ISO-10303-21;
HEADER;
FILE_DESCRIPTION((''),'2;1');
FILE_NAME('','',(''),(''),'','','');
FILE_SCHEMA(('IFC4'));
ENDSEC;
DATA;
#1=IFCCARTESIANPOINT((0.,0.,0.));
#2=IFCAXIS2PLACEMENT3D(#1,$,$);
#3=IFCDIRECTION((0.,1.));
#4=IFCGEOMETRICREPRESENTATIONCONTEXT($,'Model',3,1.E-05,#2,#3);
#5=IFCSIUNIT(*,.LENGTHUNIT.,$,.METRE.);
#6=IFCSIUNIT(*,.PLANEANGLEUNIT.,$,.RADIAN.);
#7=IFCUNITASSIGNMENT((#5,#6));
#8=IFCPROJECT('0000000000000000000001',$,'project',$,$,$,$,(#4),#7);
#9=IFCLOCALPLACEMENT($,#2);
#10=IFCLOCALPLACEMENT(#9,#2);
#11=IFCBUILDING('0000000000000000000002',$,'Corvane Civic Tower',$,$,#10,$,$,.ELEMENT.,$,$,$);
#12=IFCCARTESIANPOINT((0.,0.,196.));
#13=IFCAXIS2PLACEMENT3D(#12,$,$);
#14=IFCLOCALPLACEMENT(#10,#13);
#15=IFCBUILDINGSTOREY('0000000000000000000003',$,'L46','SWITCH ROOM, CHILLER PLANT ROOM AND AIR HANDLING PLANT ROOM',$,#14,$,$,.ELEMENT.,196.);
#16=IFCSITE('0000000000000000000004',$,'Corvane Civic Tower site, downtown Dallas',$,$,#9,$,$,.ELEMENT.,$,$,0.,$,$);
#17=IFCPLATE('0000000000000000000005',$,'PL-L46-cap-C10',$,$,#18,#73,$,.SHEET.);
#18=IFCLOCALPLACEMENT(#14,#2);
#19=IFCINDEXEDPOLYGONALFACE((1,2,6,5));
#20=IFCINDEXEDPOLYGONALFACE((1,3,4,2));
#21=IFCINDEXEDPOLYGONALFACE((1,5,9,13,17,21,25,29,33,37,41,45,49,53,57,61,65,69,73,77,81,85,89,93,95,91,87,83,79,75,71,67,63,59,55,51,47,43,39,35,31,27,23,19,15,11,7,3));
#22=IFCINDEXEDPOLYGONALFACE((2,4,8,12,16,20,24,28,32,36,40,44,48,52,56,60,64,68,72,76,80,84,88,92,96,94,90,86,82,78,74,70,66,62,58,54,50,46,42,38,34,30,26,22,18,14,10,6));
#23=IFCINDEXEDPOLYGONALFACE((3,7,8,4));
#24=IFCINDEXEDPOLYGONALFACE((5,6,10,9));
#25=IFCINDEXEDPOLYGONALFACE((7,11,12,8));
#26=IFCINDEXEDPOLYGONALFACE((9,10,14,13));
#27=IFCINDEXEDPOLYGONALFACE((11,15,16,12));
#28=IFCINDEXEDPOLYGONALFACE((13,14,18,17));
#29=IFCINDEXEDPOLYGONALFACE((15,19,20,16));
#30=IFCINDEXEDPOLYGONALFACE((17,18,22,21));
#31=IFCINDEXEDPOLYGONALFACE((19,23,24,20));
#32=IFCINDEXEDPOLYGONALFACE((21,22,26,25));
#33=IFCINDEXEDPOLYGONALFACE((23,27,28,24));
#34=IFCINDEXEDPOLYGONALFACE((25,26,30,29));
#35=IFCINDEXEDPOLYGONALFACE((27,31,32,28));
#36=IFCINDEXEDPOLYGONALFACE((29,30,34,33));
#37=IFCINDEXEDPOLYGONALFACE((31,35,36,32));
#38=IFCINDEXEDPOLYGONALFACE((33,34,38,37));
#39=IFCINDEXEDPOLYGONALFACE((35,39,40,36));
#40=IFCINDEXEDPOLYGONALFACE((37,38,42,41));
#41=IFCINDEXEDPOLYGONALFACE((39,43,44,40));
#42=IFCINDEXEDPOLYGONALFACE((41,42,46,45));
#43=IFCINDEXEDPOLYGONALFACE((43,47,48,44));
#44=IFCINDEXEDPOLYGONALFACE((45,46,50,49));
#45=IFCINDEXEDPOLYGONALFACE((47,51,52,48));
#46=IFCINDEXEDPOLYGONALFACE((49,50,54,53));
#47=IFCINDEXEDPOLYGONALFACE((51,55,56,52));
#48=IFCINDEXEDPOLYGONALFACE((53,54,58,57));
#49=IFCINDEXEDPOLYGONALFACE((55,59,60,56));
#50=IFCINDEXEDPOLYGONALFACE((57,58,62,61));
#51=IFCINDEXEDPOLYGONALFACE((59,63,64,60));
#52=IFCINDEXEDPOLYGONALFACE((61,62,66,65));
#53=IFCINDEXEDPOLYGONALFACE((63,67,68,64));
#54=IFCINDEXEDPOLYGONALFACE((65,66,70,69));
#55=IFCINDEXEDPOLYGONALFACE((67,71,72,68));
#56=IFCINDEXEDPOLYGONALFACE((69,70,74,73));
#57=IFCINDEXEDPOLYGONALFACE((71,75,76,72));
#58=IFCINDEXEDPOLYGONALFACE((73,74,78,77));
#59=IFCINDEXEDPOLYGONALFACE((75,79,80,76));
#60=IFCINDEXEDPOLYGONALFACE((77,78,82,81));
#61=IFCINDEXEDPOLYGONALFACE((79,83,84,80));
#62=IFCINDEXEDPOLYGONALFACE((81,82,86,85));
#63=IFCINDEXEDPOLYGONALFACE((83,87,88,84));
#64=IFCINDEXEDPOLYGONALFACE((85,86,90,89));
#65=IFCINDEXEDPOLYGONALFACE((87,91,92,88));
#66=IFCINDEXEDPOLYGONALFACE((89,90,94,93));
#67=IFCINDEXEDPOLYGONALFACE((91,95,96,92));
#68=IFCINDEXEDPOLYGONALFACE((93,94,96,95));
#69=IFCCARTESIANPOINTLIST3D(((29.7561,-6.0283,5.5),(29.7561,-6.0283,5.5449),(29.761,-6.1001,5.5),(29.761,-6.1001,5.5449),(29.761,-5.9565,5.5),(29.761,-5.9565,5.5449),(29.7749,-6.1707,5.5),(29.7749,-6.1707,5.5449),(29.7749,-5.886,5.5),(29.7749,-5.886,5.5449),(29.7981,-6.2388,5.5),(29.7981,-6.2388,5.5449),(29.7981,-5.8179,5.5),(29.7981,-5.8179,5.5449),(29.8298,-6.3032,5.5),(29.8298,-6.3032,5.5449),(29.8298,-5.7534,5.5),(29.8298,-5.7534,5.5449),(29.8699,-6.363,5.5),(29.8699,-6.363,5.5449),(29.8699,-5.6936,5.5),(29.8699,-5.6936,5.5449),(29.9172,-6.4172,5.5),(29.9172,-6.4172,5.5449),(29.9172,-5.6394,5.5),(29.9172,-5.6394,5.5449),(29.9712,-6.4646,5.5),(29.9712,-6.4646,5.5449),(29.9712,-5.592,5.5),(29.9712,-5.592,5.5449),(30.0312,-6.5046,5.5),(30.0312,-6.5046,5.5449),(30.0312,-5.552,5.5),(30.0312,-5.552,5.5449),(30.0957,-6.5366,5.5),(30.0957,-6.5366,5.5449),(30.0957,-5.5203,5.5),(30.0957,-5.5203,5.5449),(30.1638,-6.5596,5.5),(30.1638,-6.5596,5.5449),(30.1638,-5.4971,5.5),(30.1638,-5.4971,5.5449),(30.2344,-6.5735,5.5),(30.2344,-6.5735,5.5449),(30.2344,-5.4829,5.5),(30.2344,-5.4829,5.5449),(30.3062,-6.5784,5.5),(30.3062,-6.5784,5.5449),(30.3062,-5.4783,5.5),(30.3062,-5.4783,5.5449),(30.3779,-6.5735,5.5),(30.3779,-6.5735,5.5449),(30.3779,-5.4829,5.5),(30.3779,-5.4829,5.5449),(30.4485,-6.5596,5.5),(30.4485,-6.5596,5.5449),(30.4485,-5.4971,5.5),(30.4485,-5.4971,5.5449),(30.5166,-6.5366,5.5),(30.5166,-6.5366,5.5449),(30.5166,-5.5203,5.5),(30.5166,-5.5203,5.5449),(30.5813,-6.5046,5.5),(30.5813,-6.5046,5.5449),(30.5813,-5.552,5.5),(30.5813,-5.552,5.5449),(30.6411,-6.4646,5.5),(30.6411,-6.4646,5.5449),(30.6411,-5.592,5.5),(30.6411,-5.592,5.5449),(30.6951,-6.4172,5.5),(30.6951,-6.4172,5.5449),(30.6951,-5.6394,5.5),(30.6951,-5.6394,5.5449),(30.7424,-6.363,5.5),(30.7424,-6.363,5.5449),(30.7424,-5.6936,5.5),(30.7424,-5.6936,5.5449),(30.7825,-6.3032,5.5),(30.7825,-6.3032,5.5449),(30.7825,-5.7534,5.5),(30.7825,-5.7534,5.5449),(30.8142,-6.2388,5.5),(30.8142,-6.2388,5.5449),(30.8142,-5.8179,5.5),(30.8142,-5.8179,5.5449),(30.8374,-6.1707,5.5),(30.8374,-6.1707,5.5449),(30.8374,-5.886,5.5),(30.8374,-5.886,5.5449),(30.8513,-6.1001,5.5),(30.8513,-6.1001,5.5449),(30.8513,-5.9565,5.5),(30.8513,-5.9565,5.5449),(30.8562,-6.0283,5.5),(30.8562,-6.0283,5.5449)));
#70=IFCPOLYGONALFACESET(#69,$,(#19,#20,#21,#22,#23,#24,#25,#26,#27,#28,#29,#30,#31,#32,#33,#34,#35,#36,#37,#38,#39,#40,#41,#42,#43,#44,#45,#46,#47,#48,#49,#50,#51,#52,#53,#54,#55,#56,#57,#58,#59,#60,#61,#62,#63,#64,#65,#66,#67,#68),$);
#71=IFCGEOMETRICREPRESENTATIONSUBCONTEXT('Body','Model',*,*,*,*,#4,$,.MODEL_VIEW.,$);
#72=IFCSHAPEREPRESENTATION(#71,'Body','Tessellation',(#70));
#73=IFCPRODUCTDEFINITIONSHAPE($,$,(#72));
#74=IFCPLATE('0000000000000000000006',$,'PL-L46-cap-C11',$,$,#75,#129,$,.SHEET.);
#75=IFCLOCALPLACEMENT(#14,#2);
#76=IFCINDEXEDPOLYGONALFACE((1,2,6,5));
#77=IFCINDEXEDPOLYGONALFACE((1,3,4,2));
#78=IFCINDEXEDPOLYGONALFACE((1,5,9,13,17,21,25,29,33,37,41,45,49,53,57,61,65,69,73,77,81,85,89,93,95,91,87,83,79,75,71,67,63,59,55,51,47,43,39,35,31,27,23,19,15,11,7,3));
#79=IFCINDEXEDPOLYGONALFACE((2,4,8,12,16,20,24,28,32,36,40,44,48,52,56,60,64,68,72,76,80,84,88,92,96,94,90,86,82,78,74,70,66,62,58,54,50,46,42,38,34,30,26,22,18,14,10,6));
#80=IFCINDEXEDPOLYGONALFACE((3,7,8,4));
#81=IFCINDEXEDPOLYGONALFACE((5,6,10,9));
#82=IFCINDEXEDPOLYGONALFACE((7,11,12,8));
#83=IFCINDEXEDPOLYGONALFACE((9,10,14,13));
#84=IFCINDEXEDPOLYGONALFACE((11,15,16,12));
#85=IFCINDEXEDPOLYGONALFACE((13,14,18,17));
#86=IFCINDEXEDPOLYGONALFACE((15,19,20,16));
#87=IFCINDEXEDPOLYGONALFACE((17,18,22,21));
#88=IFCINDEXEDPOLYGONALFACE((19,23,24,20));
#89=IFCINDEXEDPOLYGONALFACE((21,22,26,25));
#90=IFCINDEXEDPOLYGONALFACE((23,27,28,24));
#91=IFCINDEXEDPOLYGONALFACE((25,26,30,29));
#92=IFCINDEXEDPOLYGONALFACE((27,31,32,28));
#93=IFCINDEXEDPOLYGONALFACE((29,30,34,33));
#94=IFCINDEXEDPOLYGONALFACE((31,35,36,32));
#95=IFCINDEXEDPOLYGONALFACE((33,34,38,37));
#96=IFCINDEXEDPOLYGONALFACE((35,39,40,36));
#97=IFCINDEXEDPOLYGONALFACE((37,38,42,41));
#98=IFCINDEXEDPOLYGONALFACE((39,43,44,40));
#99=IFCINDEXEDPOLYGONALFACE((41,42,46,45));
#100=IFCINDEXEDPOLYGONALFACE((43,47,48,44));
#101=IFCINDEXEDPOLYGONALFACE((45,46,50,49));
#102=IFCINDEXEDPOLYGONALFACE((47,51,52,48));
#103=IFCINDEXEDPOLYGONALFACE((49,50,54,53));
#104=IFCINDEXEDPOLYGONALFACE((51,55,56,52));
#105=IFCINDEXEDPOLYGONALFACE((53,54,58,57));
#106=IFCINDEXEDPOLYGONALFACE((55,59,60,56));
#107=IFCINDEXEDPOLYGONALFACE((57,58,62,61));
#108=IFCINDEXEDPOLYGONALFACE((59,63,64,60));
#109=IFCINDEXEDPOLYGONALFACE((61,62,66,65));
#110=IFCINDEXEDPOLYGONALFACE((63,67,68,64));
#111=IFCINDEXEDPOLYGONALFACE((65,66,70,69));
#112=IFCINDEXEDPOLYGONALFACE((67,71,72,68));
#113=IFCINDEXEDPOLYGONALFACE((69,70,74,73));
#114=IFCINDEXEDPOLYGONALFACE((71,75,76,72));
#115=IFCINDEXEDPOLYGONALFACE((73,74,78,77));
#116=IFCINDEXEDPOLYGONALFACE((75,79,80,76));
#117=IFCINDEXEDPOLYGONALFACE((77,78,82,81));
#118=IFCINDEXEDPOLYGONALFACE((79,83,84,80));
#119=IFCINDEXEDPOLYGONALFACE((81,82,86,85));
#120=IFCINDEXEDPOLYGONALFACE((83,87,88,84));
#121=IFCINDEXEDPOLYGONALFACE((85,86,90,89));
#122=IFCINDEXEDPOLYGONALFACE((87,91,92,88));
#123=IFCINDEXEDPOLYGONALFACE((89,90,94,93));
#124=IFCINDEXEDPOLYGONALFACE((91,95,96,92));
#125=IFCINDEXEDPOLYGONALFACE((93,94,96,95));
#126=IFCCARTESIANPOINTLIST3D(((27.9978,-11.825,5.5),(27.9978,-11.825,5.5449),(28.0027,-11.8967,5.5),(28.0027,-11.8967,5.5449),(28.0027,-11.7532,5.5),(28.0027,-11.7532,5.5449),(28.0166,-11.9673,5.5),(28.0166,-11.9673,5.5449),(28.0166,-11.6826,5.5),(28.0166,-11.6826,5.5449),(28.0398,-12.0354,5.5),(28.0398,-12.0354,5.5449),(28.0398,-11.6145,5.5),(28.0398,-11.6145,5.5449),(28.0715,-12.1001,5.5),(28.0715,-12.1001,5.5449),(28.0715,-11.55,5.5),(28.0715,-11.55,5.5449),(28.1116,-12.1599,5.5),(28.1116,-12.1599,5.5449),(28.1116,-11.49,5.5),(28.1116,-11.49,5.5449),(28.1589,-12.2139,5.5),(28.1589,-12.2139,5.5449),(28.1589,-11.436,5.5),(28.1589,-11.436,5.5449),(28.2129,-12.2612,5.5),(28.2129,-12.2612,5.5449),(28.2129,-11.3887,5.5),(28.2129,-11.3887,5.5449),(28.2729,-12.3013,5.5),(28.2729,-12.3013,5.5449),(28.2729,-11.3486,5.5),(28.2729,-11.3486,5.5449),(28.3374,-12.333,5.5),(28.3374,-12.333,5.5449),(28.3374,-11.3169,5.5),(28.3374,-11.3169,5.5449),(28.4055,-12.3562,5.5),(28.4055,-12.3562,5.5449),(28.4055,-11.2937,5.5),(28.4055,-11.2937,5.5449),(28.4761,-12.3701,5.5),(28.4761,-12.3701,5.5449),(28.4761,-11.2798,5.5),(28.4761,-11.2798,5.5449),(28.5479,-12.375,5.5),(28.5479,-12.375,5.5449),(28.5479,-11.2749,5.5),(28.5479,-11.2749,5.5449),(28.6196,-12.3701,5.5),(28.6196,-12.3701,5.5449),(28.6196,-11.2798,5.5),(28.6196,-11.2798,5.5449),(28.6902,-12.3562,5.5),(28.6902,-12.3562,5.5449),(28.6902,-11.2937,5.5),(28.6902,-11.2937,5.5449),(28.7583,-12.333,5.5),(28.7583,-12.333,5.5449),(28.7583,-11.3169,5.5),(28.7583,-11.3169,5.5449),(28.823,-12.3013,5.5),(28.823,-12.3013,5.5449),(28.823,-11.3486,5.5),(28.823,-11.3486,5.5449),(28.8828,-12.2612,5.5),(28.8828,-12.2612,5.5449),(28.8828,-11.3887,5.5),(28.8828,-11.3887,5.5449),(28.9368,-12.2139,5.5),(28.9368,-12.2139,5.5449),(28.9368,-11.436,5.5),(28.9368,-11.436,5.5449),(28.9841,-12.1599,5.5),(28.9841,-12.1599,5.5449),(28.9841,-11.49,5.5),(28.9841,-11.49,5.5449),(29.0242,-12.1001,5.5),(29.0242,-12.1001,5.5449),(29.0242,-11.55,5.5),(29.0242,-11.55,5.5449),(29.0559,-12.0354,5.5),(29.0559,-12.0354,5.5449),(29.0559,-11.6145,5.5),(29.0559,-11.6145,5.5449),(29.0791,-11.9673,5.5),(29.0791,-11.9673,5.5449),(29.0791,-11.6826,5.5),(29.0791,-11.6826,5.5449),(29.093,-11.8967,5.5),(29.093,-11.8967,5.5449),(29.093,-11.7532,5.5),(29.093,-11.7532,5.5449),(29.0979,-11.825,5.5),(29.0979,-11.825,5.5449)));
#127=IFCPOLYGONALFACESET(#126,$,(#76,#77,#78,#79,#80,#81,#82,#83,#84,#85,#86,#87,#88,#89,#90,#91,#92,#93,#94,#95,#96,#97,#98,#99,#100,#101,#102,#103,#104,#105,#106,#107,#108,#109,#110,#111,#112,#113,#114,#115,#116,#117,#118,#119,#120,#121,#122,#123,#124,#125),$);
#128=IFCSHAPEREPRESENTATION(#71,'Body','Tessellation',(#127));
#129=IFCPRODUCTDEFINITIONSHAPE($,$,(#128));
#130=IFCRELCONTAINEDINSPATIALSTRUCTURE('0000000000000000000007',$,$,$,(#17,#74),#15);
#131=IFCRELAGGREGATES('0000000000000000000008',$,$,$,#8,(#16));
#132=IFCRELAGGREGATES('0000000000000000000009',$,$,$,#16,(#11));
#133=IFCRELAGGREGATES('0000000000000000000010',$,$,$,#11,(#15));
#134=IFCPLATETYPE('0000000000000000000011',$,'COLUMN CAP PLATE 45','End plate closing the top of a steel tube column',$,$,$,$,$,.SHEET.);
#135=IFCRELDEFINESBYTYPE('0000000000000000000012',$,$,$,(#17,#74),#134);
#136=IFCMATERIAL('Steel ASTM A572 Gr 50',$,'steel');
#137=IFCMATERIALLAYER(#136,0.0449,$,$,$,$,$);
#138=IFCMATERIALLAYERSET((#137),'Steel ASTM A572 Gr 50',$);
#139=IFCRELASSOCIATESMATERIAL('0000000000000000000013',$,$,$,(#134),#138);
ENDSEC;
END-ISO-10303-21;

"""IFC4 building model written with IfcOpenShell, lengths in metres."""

from ifc_helpers import new_model, si_unit, direction, frame, origin, place, context, subcontext, project, spatial, polyline, outline, extrude, material, layer, layer_set, type_object, element, save


model = new_model("IFC4")

# Units and contexts
model_context = context("Model", 3, precision=1e-05, world=origin(), true_north=direction((0.0, 1.0)))
body_context = subcontext(model_context, "Body", "Model", "MODEL_VIEW")
ifc_project = project(units=[si_unit("LENGTHUNIT", "METRE"), si_unit("PLANEANGLEUNIT", "RADIAN")], contexts=[model_context])

# Site, building, storey
site_placement = place(None, origin())
site = spatial("IfcSite", under=ifc_project, at=site_placement, Name="Corvane Civic Tower site, downtown Dallas", CompositionType="ELEMENT", RefElevation=0.0)
building_placement = place(site_placement, origin())
building = spatial("IfcBuilding", under=site, at=building_placement, Name="Corvane Civic Tower", CompositionType="ELEMENT")
storey_placement = place(building_placement, frame((0.0, 0.0, 196.0)))
storey = spatial("IfcBuildingStorey", under=building, at=storey_placement, Name="L46", Description="SWITCH ROOM, CHILLER PLANT ROOM AND AIR HANDLING PLANT ROOM", CompositionType="ELEMENT", Elevation=196.0)

# Plates
ifc_material_1 = material(Name="Steel ASTM A572 Gr 50", Category="steel")
ifc_layer_1 = layer(ifc_material_1, 0.0449)
ifc_layer_set_1 = layer_set([ifc_layer_1], Name="Steel ASTM A572 Gr 50")
plate_type = type_object("IfcPlateType", Name="COLUMN CAP PLATE 45", Description="End plate closing the top of a steel tube column", PredefinedType="SHEET", material=ifc_layer_set_1)
plate_1_placement = place(storey_placement, frame((0.0, 0.0, 5.5)))
element("IfcPlate", 1, at=plate_1_placement, inside=storey, type_object=plate_type, Name="PL-L46-cap-C10", PredefinedType="SHEET", context=body_context, shape_type="SweptSolid", body=[
    extrude(outline(polyline([(30.8562, -6.0283), (30.8513, -5.9565), (30.8374, -5.886), (30.8142, -5.8179), (30.7825, -5.7534), (30.7424, -5.6936), (30.6951, -5.6394), (30.6411, -5.592), (30.5813, -5.552), (30.5166, -5.5203), (30.4485, -5.4971), (30.3779, -5.4829), (30.3062, -5.4783), (30.2344, -5.4829), (30.1638, -5.4971), (30.0957, -5.5203), (30.0312, -5.552), (29.9712, -5.592), (29.9172, -5.6394), (29.8699, -5.6936), (29.8298, -5.7534), (29.7981, -5.8179), (29.7749, -5.886), (29.761, -5.9565), (29.7561, -6.0283), (29.761, -6.1001), (29.7749, -6.1707), (29.7981, -6.2388), (29.8298, -6.3032), (29.8699, -6.363), (29.9172, -6.4172), (29.9712, -6.4646), (30.0312, -6.5046), (30.0957, -6.5366), (30.1638, -6.5596), (30.2344, -6.5735), (30.3062, -6.5784), (30.3779, -6.5735), (30.4485, -6.5596), (30.5166, -6.5366), (30.5813, -6.5046), (30.6411, -6.4646), (30.6951, -6.4172), (30.7424, -6.363), (30.7825, -6.3032), (30.8142, -6.2388), (30.8374, -6.1707), (30.8513, -6.1001), (30.8562, -6.0283)])), origin(), (0.0, 0.0, 1.0), 0.0449),
])
plate_2_placement = place(storey_placement, frame((0.0, 0.0, 5.5)))
element("IfcPlate", 2, at=plate_2_placement, inside=storey, type_object=plate_type, Name="PL-L46-cap-C11", PredefinedType="SHEET", context=body_context, shape_type="SweptSolid", body=[
    extrude(outline(polyline([(29.0979, -11.825), (29.093, -11.7532), (29.0791, -11.6826), (29.0559, -11.6145), (29.0242, -11.55), (28.9841, -11.49), (28.9368, -11.436), (28.8828, -11.3887), (28.823, -11.3486), (28.7583, -11.3169), (28.6902, -11.2937), (28.6196, -11.2798), (28.5479, -11.2749), (28.4761, -11.2798), (28.4055, -11.2937), (28.3374, -11.3169), (28.2729, -11.3486), (28.2129, -11.3887), (28.1589, -11.436), (28.1116, -11.49), (28.0715, -11.55), (28.0398, -11.6145), (28.0166, -11.6826), (28.0027, -11.7532), (27.9978, -11.825), (28.0027, -11.8967), (28.0166, -11.9673), (28.0398, -12.0354), (28.0715, -12.1001), (28.1116, -12.1599), (28.1589, -12.2139), (28.2129, -12.2612), (28.2729, -12.3013), (28.3374, -12.333), (28.4055, -12.3562), (28.4761, -12.3701), (28.5479, -12.375), (28.6196, -12.3701), (28.6902, -12.3562), (28.7583, -12.333), (28.823, -12.3013), (28.8828, -12.2612), (28.9368, -12.2139), (28.9841, -12.1599), (29.0242, -12.1001), (29.0559, -12.0354), (29.0791, -11.9673), (29.093, -11.8967), (29.0979, -11.825)])), origin(), (0.0, 0.0, 1.0), 0.0449),
])

save(model, "model.ifc")
